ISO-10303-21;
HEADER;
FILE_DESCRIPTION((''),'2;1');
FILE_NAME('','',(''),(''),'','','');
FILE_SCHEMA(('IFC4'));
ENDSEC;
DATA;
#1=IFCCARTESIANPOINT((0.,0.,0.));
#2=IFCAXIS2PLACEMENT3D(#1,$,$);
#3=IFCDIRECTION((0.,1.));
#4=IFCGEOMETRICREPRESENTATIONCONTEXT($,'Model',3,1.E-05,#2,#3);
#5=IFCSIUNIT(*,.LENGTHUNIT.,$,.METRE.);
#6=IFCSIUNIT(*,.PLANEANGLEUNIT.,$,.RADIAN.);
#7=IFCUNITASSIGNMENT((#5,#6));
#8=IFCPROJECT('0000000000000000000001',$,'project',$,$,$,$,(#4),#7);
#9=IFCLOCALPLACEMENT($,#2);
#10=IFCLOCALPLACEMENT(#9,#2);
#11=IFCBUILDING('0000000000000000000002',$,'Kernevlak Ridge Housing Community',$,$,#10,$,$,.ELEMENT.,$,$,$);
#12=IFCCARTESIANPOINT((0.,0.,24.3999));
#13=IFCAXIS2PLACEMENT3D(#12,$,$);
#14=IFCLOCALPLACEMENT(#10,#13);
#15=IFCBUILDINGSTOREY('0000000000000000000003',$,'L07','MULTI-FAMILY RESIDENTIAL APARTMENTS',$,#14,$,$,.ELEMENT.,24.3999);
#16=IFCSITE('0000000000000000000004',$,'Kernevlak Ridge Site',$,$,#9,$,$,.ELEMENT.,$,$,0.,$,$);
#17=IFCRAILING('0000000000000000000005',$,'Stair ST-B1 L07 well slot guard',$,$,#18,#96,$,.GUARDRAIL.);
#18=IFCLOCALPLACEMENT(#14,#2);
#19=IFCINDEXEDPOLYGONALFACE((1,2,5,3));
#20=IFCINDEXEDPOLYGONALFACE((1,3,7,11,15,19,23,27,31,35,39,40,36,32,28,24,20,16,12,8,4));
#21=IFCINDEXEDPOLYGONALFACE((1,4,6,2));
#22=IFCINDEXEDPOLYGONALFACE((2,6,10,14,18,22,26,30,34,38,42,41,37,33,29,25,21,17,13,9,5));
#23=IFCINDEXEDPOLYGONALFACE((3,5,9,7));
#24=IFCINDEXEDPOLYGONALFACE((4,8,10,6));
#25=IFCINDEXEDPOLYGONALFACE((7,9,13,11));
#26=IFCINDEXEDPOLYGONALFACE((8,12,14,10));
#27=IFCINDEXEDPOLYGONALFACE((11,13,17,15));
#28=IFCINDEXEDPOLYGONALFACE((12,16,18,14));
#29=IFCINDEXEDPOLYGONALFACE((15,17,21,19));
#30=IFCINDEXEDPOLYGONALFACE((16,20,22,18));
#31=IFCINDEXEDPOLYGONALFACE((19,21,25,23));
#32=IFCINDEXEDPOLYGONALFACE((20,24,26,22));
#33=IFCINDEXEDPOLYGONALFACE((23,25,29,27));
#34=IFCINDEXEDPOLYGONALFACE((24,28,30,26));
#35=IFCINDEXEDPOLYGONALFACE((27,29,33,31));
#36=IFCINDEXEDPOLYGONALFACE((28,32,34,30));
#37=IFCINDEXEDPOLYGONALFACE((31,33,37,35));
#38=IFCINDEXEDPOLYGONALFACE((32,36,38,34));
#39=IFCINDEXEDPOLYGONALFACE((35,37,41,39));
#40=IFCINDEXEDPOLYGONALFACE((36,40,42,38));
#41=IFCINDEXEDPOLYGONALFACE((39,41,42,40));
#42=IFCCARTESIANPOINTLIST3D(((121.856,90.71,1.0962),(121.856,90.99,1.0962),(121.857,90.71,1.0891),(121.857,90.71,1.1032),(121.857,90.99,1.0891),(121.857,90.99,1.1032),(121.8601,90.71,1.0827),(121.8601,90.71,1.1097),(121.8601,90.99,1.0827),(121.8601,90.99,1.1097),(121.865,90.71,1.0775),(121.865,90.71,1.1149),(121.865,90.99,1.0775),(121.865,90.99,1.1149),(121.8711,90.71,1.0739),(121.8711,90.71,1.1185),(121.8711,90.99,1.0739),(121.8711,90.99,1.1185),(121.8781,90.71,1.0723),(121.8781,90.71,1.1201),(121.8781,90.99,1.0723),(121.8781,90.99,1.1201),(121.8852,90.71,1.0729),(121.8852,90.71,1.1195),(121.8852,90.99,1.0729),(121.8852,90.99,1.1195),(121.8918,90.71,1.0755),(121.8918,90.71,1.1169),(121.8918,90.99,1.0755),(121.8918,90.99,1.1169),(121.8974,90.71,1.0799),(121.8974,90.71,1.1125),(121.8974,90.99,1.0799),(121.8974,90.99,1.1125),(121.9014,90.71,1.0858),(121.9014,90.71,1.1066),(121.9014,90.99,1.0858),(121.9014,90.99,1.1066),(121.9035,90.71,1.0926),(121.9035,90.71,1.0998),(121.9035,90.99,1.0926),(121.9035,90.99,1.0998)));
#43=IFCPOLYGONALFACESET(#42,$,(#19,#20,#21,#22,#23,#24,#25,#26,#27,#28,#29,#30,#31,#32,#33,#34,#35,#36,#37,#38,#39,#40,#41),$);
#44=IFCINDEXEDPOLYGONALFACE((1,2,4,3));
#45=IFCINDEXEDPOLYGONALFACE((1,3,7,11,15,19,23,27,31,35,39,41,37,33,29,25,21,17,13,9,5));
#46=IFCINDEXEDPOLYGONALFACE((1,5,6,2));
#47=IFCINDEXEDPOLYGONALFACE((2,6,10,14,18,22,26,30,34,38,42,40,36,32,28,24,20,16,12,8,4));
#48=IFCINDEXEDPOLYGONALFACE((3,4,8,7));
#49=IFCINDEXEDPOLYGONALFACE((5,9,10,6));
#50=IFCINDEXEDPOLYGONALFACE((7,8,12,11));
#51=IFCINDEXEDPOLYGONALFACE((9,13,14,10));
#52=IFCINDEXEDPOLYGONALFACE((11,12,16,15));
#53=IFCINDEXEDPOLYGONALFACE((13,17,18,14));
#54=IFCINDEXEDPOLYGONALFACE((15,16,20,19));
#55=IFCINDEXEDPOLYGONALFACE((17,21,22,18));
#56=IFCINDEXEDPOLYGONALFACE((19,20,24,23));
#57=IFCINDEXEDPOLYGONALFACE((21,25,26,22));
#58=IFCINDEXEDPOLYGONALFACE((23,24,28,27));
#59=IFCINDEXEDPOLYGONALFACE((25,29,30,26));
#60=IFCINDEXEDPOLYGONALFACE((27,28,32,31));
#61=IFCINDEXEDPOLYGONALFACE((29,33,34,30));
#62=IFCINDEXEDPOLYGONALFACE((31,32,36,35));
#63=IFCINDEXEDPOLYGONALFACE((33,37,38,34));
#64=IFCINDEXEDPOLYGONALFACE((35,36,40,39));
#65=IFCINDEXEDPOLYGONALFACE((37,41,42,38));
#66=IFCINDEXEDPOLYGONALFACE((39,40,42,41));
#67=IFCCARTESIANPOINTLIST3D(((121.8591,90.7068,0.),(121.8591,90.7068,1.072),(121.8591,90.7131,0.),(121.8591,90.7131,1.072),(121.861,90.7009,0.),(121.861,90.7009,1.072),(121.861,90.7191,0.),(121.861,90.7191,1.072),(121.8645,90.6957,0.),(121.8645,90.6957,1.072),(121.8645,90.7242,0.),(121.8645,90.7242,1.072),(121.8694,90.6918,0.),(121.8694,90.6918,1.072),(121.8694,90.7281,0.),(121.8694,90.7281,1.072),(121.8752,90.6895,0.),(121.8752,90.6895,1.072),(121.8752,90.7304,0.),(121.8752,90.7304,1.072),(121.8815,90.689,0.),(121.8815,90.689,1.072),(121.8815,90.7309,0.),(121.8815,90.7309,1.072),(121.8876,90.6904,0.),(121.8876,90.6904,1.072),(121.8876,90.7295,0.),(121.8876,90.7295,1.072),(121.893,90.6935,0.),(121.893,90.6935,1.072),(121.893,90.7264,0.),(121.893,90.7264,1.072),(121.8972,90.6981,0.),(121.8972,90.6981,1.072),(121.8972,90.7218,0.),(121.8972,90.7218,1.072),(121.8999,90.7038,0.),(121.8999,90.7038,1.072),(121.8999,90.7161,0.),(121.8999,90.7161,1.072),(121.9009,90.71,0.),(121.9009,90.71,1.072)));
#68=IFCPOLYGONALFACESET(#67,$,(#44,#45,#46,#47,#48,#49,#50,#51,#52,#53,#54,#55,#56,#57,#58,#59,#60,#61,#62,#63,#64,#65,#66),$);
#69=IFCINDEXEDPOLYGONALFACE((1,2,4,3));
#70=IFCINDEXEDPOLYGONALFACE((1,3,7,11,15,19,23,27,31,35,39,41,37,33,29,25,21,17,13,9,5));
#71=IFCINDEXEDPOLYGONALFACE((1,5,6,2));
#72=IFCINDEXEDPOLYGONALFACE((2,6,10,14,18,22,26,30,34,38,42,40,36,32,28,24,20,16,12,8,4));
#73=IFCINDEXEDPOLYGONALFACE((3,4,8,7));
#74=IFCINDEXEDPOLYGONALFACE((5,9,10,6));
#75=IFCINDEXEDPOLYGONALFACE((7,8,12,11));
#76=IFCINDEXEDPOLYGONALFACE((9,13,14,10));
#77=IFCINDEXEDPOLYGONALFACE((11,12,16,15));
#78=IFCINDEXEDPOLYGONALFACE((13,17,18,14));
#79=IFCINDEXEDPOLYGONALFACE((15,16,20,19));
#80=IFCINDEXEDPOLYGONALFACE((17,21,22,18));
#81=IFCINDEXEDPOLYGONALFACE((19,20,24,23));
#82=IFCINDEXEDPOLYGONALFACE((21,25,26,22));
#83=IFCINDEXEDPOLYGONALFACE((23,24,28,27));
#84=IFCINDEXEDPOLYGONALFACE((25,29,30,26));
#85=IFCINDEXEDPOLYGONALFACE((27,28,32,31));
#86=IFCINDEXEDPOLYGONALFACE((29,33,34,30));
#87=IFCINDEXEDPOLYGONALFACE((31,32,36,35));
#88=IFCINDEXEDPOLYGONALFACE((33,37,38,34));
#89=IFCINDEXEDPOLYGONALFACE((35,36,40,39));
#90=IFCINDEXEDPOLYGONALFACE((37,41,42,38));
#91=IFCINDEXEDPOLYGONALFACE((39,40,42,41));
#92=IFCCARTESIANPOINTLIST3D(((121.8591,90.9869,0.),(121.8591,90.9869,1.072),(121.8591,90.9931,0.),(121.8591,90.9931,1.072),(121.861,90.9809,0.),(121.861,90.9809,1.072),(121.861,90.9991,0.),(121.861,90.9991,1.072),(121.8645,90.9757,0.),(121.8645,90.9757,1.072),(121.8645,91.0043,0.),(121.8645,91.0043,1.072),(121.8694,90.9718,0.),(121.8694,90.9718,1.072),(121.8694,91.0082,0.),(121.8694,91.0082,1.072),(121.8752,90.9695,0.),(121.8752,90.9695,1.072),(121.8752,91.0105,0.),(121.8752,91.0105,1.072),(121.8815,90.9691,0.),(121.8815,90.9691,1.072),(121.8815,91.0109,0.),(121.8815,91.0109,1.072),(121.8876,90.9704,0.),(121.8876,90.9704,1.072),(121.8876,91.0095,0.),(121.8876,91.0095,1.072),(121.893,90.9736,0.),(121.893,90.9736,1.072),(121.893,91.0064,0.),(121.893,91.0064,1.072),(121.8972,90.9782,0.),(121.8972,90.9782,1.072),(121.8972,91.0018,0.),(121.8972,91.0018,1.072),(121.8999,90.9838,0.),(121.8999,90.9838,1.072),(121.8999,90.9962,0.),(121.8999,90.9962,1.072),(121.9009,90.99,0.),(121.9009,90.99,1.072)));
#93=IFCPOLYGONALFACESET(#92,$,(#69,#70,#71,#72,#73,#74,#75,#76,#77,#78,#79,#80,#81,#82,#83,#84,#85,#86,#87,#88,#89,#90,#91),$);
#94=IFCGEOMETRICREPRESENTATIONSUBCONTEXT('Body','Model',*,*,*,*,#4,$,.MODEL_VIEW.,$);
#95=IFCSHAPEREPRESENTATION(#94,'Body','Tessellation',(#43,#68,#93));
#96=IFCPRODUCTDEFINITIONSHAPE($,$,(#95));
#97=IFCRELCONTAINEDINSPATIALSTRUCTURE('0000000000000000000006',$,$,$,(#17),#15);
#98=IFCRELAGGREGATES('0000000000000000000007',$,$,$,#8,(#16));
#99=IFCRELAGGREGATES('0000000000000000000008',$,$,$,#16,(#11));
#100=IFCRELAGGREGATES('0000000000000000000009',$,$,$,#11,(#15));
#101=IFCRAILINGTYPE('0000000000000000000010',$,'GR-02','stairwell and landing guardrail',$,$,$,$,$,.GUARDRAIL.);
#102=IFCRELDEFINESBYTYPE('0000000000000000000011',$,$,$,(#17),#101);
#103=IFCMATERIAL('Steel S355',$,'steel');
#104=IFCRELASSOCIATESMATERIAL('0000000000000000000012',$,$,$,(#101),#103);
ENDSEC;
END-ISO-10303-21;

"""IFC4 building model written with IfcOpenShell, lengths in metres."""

from ifc_helpers import new_model, si_unit, direction, frame, origin, origin_2d, place, context, subcontext, project, spatial, circle, extrude, material, type_object, element, save


model = new_model("IFC4")

# Units and contexts
model_context = context("Model", 3, precision=1e-05, world=origin(), true_north=direction((0.0, 1.0)))
body_context = subcontext(model_context, "Body", "Model", "MODEL_VIEW")
ifc_project = project(units=[si_unit("LENGTHUNIT", "METRE"), si_unit("PLANEANGLEUNIT", "RADIAN")], contexts=[model_context])

# Site, building, storey
site_placement = place(None, origin())
site = spatial("IfcSite", under=ifc_project, at=site_placement, Name="Kernevlak Ridge Site", CompositionType="ELEMENT", RefElevation=0.0)
building_placement = place(site_placement, origin())
building = spatial("IfcBuilding", under=site, at=building_placement, Name="Kernevlak Ridge Housing Community", CompositionType="ELEMENT")
storey_placement = place(building_placement, frame((0.0, 0.0, 24.3999)))
storey = spatial("IfcBuildingStorey", under=building, at=storey_placement, Name="L07", Description="MULTI-FAMILY RESIDENTIAL APARTMENTS", CompositionType="ELEMENT", Elevation=24.3999)

# Railing
ifc_material_1 = material(Name="Steel S355", Category="steel")
railing_type_1 = type_object("IfcRailingType", Name="GR-02", Description="stairwell and landing guardrail", PredefinedType="GUARDRAIL", material=ifc_material_1)
railing_1_placement = place(storey_placement, frame((121.8799, 90.71, 0.0)))
element("IfcRailing", 1, at=railing_1_placement, inside=storey, type_object=railing_type_1, Name="Stair ST-B1 L07 well slot guard", PredefinedType="GUARDRAIL", context=body_context, shape_type="SweptSolid", body=[
    extrude(circle(Radius=0.0239, at=origin_2d()), frame((0.0, 0.0, 1.0962), z_axis=(0.0, 1.0, 0.0), x_axis=(-1.0, 0.0, 0.0)), (0.0, 0.0, 1.0), 0.28),
    extrude(circle(Radius=0.021, at=origin_2d()), origin(), (0.0, 0.0, 1.0), 1.072),
    extrude(circle(Radius=0.021, at=origin_2d()), frame((0.0, 0.28, 0.0)), (0.0, 0.0, 1.0), 1.072),
])

save(model, "model.ifc")
